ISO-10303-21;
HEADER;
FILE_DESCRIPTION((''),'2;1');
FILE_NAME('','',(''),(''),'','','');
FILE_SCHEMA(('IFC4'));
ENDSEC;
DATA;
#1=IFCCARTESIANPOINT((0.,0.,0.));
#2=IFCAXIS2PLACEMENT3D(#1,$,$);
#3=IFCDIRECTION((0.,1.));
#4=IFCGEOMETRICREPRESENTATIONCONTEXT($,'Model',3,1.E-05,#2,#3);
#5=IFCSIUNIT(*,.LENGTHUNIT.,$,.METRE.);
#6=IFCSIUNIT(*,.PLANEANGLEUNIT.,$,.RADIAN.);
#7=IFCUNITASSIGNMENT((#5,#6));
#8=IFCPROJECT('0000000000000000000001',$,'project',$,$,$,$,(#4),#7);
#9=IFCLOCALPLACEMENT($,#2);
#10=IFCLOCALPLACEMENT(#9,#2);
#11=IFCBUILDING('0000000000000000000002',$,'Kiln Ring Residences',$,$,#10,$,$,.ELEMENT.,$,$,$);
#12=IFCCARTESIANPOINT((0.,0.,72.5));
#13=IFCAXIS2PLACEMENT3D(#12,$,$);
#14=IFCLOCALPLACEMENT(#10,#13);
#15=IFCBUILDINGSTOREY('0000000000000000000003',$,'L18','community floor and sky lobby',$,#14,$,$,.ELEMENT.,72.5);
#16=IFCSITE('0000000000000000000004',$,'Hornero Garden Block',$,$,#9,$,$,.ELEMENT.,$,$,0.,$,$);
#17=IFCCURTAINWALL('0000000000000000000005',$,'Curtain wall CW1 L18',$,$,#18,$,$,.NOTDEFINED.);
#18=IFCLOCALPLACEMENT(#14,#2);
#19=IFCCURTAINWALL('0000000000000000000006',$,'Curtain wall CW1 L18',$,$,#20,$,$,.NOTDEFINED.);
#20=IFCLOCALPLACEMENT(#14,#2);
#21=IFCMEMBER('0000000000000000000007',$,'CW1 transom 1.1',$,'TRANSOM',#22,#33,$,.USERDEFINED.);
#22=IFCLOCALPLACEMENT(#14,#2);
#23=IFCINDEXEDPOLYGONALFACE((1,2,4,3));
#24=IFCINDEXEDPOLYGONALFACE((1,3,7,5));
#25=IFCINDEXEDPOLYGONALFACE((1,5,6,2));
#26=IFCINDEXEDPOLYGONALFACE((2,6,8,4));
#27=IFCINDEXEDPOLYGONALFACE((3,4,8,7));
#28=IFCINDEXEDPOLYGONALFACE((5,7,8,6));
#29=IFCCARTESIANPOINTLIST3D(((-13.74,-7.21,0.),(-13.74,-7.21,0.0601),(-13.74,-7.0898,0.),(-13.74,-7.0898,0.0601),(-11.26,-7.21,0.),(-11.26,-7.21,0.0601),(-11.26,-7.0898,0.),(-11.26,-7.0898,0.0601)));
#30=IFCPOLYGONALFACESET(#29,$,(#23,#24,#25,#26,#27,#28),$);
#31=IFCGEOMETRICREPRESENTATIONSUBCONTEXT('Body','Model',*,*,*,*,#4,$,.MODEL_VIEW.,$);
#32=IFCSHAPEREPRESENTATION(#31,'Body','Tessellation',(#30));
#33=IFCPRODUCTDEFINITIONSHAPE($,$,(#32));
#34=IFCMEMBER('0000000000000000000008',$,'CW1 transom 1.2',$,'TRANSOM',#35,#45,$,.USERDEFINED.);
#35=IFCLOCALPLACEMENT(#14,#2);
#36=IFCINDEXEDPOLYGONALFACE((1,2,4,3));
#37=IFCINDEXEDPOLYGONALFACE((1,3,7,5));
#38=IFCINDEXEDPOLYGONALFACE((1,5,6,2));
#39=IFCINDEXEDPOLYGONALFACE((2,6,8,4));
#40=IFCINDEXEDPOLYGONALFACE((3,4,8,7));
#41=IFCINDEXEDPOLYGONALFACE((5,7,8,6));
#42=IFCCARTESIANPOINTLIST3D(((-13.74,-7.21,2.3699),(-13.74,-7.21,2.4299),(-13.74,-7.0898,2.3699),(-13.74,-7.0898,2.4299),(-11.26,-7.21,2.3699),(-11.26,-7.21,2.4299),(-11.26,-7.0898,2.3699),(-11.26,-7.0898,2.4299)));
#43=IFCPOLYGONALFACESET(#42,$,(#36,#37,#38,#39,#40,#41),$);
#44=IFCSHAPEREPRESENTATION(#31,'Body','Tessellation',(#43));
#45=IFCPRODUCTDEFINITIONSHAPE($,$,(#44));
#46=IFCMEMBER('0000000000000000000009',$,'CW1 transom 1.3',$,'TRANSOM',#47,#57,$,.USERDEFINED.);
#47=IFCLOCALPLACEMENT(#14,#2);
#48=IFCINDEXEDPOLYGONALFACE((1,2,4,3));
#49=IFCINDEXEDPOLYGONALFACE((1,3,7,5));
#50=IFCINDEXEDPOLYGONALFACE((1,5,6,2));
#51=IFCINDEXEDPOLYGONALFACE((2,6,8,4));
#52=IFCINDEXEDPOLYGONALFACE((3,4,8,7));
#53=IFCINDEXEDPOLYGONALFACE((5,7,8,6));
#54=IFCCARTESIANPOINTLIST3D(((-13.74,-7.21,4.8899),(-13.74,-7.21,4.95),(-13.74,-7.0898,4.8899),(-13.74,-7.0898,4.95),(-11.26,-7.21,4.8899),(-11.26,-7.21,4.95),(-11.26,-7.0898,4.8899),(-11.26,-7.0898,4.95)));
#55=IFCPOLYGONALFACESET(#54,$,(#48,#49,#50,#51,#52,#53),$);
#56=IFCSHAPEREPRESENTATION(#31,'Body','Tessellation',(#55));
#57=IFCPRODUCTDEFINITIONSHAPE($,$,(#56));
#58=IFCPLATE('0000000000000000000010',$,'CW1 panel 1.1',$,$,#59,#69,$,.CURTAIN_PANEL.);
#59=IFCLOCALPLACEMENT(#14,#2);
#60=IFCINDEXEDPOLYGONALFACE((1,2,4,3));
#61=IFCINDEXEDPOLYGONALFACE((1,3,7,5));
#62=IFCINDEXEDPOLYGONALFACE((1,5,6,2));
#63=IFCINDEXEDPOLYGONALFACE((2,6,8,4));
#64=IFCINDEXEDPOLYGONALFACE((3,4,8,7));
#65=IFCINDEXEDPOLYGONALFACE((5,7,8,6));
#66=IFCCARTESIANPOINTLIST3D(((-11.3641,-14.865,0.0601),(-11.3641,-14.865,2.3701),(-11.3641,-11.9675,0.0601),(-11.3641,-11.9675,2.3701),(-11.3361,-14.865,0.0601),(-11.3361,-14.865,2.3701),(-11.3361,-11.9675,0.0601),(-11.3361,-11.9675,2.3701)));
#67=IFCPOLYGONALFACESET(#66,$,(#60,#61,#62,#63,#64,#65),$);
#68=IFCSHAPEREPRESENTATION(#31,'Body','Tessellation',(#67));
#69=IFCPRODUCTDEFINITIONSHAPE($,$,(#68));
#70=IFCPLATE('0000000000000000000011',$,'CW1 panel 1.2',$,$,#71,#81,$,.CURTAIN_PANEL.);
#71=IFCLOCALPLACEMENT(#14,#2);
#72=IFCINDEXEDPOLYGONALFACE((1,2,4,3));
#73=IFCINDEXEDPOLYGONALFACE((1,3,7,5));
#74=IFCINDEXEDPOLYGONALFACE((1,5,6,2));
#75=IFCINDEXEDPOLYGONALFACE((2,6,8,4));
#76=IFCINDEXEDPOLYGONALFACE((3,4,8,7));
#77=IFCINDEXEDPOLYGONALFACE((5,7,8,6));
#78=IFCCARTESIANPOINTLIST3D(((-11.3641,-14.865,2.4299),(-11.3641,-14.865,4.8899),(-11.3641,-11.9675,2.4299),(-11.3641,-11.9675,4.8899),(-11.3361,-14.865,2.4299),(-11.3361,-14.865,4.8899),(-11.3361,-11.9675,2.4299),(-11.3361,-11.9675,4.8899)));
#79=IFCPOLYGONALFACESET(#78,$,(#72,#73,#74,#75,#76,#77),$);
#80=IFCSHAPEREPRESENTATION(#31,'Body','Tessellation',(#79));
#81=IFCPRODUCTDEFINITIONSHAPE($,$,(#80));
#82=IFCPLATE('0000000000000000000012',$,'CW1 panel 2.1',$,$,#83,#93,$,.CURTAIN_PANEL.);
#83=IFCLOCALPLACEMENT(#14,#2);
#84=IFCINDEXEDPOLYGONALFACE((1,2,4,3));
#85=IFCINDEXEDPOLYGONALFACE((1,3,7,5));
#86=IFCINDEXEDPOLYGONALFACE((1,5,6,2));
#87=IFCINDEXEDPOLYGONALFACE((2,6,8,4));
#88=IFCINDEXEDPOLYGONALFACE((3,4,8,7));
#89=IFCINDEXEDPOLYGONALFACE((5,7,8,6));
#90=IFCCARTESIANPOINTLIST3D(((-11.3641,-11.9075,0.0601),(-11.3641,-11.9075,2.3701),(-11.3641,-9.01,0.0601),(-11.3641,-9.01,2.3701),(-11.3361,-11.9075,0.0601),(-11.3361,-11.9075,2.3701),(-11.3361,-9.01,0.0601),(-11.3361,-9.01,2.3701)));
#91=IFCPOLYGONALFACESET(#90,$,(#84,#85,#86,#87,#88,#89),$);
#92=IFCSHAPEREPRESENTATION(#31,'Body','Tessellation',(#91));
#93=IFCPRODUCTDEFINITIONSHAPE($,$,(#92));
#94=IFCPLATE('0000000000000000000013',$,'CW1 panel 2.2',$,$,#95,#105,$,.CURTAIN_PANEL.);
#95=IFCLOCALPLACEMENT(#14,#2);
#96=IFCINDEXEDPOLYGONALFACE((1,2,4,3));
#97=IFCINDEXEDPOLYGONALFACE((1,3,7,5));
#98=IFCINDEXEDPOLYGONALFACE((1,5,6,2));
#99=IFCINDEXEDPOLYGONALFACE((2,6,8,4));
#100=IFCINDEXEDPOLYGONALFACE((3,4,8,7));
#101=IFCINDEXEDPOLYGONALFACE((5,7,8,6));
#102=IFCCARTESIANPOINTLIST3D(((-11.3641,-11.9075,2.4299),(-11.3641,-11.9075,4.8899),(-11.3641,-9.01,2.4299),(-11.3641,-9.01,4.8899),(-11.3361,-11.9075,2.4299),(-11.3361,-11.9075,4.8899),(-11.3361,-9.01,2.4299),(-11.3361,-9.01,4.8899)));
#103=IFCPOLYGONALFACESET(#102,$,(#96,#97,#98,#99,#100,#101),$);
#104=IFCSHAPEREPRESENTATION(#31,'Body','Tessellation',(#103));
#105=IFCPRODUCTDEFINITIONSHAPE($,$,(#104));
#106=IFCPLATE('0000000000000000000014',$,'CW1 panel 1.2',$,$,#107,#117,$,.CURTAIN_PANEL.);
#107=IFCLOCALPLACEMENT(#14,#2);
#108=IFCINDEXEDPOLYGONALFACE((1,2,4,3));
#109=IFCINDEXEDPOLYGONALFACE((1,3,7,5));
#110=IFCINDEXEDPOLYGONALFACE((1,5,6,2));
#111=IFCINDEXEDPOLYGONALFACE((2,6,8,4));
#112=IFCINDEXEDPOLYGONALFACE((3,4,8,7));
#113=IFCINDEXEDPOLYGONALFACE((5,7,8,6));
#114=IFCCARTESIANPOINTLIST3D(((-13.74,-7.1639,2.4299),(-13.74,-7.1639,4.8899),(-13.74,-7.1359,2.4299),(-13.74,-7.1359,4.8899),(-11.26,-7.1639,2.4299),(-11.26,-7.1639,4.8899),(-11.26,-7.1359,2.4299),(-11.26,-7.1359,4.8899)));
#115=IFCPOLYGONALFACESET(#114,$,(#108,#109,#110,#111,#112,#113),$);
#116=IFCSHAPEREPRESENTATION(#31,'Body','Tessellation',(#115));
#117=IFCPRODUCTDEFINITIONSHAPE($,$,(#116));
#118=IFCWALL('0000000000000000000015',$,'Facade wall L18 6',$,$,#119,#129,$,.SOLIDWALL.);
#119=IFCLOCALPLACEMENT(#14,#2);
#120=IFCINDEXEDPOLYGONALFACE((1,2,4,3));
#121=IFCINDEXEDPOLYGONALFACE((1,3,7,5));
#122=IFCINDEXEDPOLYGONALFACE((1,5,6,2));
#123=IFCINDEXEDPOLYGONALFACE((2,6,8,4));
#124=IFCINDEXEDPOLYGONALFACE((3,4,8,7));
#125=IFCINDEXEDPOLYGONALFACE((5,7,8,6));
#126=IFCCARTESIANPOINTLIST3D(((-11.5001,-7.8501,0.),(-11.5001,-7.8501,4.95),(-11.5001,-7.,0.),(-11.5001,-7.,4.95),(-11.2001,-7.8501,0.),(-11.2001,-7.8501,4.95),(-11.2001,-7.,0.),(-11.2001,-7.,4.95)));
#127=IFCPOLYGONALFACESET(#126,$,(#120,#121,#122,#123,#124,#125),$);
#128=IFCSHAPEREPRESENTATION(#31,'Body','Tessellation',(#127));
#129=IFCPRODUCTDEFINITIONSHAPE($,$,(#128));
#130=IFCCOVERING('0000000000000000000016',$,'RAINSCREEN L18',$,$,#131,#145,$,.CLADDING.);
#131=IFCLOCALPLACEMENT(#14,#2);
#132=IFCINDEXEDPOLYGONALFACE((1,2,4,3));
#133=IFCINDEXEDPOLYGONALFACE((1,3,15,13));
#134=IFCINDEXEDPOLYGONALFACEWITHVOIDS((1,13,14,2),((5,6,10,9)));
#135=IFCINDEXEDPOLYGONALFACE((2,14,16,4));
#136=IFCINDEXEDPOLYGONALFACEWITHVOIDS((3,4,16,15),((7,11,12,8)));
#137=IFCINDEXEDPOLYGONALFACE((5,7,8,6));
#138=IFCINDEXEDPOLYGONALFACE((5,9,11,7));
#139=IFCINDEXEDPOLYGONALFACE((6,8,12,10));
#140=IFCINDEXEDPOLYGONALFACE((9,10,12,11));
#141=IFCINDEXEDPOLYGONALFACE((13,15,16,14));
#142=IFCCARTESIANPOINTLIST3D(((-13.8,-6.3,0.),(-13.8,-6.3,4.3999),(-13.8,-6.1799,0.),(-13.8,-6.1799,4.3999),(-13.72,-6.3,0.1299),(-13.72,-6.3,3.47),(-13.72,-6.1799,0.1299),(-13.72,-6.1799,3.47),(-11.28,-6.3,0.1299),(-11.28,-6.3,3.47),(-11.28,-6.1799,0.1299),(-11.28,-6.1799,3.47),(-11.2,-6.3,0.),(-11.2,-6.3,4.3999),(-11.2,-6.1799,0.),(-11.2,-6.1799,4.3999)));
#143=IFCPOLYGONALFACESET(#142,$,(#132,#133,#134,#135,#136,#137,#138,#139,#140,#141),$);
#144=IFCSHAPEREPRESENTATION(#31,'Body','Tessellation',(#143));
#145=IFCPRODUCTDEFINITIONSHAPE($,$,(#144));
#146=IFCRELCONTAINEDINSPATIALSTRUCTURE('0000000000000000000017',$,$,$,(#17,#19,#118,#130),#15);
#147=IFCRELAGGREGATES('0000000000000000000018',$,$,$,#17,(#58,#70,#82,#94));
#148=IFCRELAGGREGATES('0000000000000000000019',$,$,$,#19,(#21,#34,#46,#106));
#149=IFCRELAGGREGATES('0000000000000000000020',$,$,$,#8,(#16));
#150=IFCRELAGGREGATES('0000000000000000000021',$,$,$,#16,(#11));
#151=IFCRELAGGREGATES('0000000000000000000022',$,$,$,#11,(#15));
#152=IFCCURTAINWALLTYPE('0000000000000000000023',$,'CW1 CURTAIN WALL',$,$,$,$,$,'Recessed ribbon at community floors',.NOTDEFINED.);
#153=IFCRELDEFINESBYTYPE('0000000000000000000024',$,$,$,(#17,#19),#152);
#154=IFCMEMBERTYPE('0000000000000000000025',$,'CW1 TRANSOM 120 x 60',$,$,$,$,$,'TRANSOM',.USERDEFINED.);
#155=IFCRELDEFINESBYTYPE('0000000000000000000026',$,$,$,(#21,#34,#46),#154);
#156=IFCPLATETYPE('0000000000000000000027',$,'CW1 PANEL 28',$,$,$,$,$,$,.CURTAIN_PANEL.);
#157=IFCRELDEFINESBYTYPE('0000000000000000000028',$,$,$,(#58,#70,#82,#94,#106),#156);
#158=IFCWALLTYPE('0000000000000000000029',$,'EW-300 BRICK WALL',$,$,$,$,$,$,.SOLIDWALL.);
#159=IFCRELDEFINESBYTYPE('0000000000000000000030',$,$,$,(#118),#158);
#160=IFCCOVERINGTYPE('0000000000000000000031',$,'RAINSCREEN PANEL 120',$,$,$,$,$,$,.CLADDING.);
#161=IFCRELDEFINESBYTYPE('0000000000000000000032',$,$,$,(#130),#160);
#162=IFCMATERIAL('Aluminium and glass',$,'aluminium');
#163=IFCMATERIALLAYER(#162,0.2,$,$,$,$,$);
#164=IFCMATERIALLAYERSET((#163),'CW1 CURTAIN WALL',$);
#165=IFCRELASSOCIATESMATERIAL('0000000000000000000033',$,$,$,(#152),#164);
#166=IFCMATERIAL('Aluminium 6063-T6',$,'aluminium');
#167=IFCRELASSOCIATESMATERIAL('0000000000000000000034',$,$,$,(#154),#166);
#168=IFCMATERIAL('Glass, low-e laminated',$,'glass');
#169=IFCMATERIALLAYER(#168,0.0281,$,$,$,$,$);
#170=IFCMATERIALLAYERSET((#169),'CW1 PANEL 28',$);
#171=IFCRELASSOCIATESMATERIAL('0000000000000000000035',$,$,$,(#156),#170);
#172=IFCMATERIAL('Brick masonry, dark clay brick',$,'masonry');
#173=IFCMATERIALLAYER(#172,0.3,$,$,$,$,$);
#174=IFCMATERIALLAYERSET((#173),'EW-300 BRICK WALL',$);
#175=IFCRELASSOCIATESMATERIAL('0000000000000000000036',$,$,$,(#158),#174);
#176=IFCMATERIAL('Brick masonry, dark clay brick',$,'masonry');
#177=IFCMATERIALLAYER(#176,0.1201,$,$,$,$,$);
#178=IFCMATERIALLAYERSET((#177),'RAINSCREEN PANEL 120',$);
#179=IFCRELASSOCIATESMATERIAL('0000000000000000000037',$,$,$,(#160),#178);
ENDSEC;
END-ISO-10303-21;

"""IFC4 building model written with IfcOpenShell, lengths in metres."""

from ifc_helpers import new_model, si_unit, direction, frame, frame_2d, origin, origin_2d, place, context, subcontext, project, spatial, polyline, rectangle, outline, extrude, material, layer, layer_set, material_profile, profile_set, type_object, element, aggregate, save


model = new_model("IFC4")

# Units and contexts
model_context = context("Model", 3, precision=1e-05, world=origin(), true_north=direction((0.0, 1.0)))
body_context = subcontext(model_context, "Body", "Model", "MODEL_VIEW")
ifc_project = project(units=[si_unit("LENGTHUNIT", "METRE"), si_unit("PLANEANGLEUNIT", "RADIAN")], contexts=[model_context])

# Site, building, storey
site_placement = place(None, origin())
site = spatial("IfcSite", under=ifc_project, at=site_placement, Name="Hornero Garden Block", CompositionType="ELEMENT", RefElevation=0.0)
building_placement = place(site_placement, origin())
building = spatial("IfcBuilding", under=site, at=building_placement, Name="Kiln Ring Residences", CompositionType="ELEMENT")
storey_placement = place(building_placement, frame((0.0, 0.0, 72.5)))
storey = spatial("IfcBuildingStorey", under=building, at=storey_placement, Name="L18", Description="community floor and sky lobby", CompositionType="ELEMENT", Elevation=72.5)

# Curtain wall
ifc_material_1 = material(Name="Aluminium and glass", Category="aluminium")
ifc_layer_1 = layer(ifc_material_1, 0.2)
ifc_layer_set_1 = layer_set([ifc_layer_1], Name="CW1 CURTAIN WALL")
curtain_wall_type = type_object("IfcCurtainWallType", Name="CW1 CURTAIN WALL", ElementType="Recessed ribbon at community floors", PredefinedType="NOTDEFINED", material=ifc_layer_set_1)
placement = place(storey_placement, origin())
curtain_wall_1 = element("IfcCurtainWall", 1, at=placement, inside=storey, type_object=curtain_wall_type, Name="Curtain wall CW1 L18", PredefinedType="NOTDEFINED")

# Curtain wall
curtain_wall_2 = element("IfcCurtainWall", 2, at=placement, inside=storey, type_object=curtain_wall_type, Name="Curtain wall CW1 L18", PredefinedType="NOTDEFINED")

# Members
ifc_material_2 = material(Name="Aluminium 6063-T6", Category="aluminium")
ifc_material_profile_1 = material_profile(ifc_material_2, rectangle(XDim=0.1201, YDim=0.0601, at=origin_2d()), Name="AL 120x60")
ifc_profile_set_1 = profile_set([ifc_material_profile_1], Name="Aluminium 6063-T6")
member_type_1 = type_object("IfcMemberType", Name="CW1 TRANSOM 120 x 60", ElementType="TRANSOM", PredefinedType="USERDEFINED", material=ifc_profile_set_1)
member_1_placement = place(storey_placement, frame((-11.26, -7.1499, 0.03), z_axis=(-1.0, 0.0, 0.0), x_axis=(0.0, -1.0, 0.0)))
member_1 = element("IfcMember", 3, at=member_1_placement, type_object=member_type_1, Name="CW1 transom 1.1", ObjectType="TRANSOM", PredefinedType="USERDEFINED", context=body_context, shape_type="SweptSolid", body=[
    extrude(rectangle(XDim=0.1201, YDim=0.0601, at=origin_2d()), origin(), (0.0, 0.0, 1.0), 2.48),
])
member_2_placement = place(storey_placement, frame((-11.26, -7.1499, 2.3999), z_axis=(-1.0, 0.0, 0.0), x_axis=(0.0, -1.0, 0.0)))
member_2 = element("IfcMember", 4, at=member_2_placement, type_object=member_type_1, Name="CW1 transom 1.2", ObjectType="TRANSOM", PredefinedType="USERDEFINED", context=body_context, shape_type="SweptSolid", body=[
    extrude(rectangle(XDim=0.1201, YDim=0.0601, at=origin_2d()), origin(), (0.0, 0.0, 1.0), 2.48),
])
member_3_placement = place(storey_placement, frame((-11.26, -7.1499, 4.9199), z_axis=(-1.0, 0.0, 0.0), x_axis=(0.0, -1.0, 0.0)))
member_3 = element("IfcMember", 5, at=member_3_placement, type_object=member_type_1, Name="CW1 transom 1.3", ObjectType="TRANSOM", PredefinedType="USERDEFINED", context=body_context, shape_type="SweptSolid", body=[
    extrude(rectangle(XDim=0.1201, YDim=0.0601, at=origin_2d()), origin(), (0.0, 0.0, 1.0), 2.48),
])

# Plates
ifc_material_3 = material(Name="Glass, low-e laminated", Category="glass")
ifc_layer_2 = layer(ifc_material_3, 0.0281)
ifc_layer_set_2 = layer_set([ifc_layer_2], Name="CW1 PANEL 28")
plate_type = type_object("IfcPlateType", Name="CW1 PANEL 28", PredefinedType="CURTAIN_PANEL", material=ifc_layer_set_2)
plate_1_placement = place(storey_placement, frame((-11.3501, -13.4163, 0.0601), z_axis=(0.0, 0.0, 1.0), x_axis=(0.0, 1.0, 0.0)))
plate_1 = element("IfcPlate", 6, at=plate_1_placement, type_object=plate_type, Name="CW1 panel 1.1", PredefinedType="CURTAIN_PANEL", context=body_context, shape_type="SweptSolid", body=[
    extrude(rectangle(XDim=2.8975, YDim=0.0281, at=origin_2d()), origin(), (0.0, 0.0, 1.0), 2.3101),
])
plate_2_placement = place(storey_placement, frame((-11.3501, -13.4163, 2.4299), z_axis=(0.0, 0.0, 1.0), x_axis=(0.0, 1.0, 0.0)))
plate_2 = element("IfcPlate", 7, at=plate_2_placement, type_object=plate_type, Name="CW1 panel 1.2", PredefinedType="CURTAIN_PANEL", context=body_context, shape_type="SweptSolid", body=[
    extrude(rectangle(XDim=2.8975, YDim=0.0281, at=origin_2d()), origin(), (0.0, 0.0, 1.0), 2.46),
])
plate_3_placement = place(storey_placement, frame((-11.3501, -10.4587, 0.0601), z_axis=(0.0, 0.0, 1.0), x_axis=(0.0, 1.0, 0.0)))
plate_3 = element("IfcPlate", 8, at=plate_3_placement, type_object=plate_type, Name="CW1 panel 2.1", PredefinedType="CURTAIN_PANEL", context=body_context, shape_type="SweptSolid", body=[
    extrude(rectangle(XDim=2.8975, YDim=0.0281, at=origin_2d()), origin(), (0.0, 0.0, 1.0), 2.3101),
])
plate_4_placement = place(storey_placement, frame((-11.3501, -10.4587, 2.4299), z_axis=(0.0, 0.0, 1.0), x_axis=(0.0, 1.0, 0.0)))
plate_4 = element("IfcPlate", 9, at=plate_4_placement, type_object=plate_type, Name="CW1 panel 2.2", PredefinedType="CURTAIN_PANEL", context=body_context, shape_type="SweptSolid", body=[
    extrude(rectangle(XDim=2.8975, YDim=0.0281, at=origin_2d()), origin(), (0.0, 0.0, 1.0), 2.46),
])
aggregate(curtain_wall_1, [plate_1, plate_2, plate_3, plate_4])
plate_5_placement = place(storey_placement, frame((-12.5, -7.1499, 2.4299), z_axis=(0.0, 0.0, 1.0), x_axis=(-1.0, 0.0, 0.0)))
plate_5 = element("IfcPlate", 10, at=plate_5_placement, type_object=plate_type, Name="CW1 panel 1.2", PredefinedType="CURTAIN_PANEL", context=body_context, shape_type="SweptSolid", body=[
    extrude(rectangle(XDim=2.48, YDim=0.0281, at=origin_2d()), origin(), (0.0, 0.0, 1.0), 2.46),
])
aggregate(curtain_wall_2, [member_1, member_2, member_3, plate_5])

# Wall
ifc_material_4 = material(Name="Brick masonry, dark clay brick", Category="masonry")
ifc_layer_3 = layer(ifc_material_4, 0.3)
ifc_layer_set_3 = layer_set([ifc_layer_3], Name="EW-300 BRICK WALL")
wall_type = type_object("IfcWallType", Name="EW-300 BRICK WALL", PredefinedType="SOLIDWALL", material=ifc_layer_set_3)
wall_placement = place(storey_placement, frame((-11.3501, -7.8501, 0.0), z_axis=(0.0, 0.0, 1.0), x_axis=(0.0, 1.0, 0.0)))
element("IfcWall", 11, at=wall_placement, inside=storey, type_object=wall_type, Name="Facade wall L18 6", PredefinedType="SOLIDWALL", context=body_context, shape_type="SweptSolid", body=[
    extrude(rectangle(XDim=0.8501, YDim=0.3, at=frame_2d((0.425, 0.0))), origin(), (0.0, 0.0, 1.0), 4.95),
])

# Covering
ifc_material_5 = material(Name="Brick masonry, dark clay brick", Category="masonry")
ifc_layer_4 = layer(ifc_material_5, 0.1201)
ifc_layer_set_4 = layer_set([ifc_layer_4], Name="RAINSCREEN PANEL 120")
covering_type = type_object("IfcCoveringType", Name="RAINSCREEN PANEL 120", PredefinedType="CLADDING", material=ifc_layer_set_4)
covering_placement = place(storey_placement, frame((-11.2, -6.24, 0.0), z_axis=(0.0, 0.0, 1.0), x_axis=(-1.0, 0.0, 0.0)))
element("IfcCovering", 12, at=covering_placement, inside=storey, type_object=covering_type, Name="RAINSCREEN L18", PredefinedType="CLADDING", context=body_context, shape_type="SweptSolid", body=[
    extrude(outline(polyline([(0.0, 0.0), (2.6001, 0.0), (2.6001, 4.3999), (0.0, 4.3999), (0.0, 0.0)]), holes=[polyline([(0.0801, 3.47), (0.0801, 0.1299), (2.52, 0.1299), (2.52, 3.47), (0.0801, 3.47)])]), frame((0.0, 0.0601, 0.0), z_axis=(0.0, -1.0, 0.0), x_axis=(1.0, 0.0, 0.0)), (0.0, 0.0, 1.0), 0.1201),
])

save(model, "model.ifc")
